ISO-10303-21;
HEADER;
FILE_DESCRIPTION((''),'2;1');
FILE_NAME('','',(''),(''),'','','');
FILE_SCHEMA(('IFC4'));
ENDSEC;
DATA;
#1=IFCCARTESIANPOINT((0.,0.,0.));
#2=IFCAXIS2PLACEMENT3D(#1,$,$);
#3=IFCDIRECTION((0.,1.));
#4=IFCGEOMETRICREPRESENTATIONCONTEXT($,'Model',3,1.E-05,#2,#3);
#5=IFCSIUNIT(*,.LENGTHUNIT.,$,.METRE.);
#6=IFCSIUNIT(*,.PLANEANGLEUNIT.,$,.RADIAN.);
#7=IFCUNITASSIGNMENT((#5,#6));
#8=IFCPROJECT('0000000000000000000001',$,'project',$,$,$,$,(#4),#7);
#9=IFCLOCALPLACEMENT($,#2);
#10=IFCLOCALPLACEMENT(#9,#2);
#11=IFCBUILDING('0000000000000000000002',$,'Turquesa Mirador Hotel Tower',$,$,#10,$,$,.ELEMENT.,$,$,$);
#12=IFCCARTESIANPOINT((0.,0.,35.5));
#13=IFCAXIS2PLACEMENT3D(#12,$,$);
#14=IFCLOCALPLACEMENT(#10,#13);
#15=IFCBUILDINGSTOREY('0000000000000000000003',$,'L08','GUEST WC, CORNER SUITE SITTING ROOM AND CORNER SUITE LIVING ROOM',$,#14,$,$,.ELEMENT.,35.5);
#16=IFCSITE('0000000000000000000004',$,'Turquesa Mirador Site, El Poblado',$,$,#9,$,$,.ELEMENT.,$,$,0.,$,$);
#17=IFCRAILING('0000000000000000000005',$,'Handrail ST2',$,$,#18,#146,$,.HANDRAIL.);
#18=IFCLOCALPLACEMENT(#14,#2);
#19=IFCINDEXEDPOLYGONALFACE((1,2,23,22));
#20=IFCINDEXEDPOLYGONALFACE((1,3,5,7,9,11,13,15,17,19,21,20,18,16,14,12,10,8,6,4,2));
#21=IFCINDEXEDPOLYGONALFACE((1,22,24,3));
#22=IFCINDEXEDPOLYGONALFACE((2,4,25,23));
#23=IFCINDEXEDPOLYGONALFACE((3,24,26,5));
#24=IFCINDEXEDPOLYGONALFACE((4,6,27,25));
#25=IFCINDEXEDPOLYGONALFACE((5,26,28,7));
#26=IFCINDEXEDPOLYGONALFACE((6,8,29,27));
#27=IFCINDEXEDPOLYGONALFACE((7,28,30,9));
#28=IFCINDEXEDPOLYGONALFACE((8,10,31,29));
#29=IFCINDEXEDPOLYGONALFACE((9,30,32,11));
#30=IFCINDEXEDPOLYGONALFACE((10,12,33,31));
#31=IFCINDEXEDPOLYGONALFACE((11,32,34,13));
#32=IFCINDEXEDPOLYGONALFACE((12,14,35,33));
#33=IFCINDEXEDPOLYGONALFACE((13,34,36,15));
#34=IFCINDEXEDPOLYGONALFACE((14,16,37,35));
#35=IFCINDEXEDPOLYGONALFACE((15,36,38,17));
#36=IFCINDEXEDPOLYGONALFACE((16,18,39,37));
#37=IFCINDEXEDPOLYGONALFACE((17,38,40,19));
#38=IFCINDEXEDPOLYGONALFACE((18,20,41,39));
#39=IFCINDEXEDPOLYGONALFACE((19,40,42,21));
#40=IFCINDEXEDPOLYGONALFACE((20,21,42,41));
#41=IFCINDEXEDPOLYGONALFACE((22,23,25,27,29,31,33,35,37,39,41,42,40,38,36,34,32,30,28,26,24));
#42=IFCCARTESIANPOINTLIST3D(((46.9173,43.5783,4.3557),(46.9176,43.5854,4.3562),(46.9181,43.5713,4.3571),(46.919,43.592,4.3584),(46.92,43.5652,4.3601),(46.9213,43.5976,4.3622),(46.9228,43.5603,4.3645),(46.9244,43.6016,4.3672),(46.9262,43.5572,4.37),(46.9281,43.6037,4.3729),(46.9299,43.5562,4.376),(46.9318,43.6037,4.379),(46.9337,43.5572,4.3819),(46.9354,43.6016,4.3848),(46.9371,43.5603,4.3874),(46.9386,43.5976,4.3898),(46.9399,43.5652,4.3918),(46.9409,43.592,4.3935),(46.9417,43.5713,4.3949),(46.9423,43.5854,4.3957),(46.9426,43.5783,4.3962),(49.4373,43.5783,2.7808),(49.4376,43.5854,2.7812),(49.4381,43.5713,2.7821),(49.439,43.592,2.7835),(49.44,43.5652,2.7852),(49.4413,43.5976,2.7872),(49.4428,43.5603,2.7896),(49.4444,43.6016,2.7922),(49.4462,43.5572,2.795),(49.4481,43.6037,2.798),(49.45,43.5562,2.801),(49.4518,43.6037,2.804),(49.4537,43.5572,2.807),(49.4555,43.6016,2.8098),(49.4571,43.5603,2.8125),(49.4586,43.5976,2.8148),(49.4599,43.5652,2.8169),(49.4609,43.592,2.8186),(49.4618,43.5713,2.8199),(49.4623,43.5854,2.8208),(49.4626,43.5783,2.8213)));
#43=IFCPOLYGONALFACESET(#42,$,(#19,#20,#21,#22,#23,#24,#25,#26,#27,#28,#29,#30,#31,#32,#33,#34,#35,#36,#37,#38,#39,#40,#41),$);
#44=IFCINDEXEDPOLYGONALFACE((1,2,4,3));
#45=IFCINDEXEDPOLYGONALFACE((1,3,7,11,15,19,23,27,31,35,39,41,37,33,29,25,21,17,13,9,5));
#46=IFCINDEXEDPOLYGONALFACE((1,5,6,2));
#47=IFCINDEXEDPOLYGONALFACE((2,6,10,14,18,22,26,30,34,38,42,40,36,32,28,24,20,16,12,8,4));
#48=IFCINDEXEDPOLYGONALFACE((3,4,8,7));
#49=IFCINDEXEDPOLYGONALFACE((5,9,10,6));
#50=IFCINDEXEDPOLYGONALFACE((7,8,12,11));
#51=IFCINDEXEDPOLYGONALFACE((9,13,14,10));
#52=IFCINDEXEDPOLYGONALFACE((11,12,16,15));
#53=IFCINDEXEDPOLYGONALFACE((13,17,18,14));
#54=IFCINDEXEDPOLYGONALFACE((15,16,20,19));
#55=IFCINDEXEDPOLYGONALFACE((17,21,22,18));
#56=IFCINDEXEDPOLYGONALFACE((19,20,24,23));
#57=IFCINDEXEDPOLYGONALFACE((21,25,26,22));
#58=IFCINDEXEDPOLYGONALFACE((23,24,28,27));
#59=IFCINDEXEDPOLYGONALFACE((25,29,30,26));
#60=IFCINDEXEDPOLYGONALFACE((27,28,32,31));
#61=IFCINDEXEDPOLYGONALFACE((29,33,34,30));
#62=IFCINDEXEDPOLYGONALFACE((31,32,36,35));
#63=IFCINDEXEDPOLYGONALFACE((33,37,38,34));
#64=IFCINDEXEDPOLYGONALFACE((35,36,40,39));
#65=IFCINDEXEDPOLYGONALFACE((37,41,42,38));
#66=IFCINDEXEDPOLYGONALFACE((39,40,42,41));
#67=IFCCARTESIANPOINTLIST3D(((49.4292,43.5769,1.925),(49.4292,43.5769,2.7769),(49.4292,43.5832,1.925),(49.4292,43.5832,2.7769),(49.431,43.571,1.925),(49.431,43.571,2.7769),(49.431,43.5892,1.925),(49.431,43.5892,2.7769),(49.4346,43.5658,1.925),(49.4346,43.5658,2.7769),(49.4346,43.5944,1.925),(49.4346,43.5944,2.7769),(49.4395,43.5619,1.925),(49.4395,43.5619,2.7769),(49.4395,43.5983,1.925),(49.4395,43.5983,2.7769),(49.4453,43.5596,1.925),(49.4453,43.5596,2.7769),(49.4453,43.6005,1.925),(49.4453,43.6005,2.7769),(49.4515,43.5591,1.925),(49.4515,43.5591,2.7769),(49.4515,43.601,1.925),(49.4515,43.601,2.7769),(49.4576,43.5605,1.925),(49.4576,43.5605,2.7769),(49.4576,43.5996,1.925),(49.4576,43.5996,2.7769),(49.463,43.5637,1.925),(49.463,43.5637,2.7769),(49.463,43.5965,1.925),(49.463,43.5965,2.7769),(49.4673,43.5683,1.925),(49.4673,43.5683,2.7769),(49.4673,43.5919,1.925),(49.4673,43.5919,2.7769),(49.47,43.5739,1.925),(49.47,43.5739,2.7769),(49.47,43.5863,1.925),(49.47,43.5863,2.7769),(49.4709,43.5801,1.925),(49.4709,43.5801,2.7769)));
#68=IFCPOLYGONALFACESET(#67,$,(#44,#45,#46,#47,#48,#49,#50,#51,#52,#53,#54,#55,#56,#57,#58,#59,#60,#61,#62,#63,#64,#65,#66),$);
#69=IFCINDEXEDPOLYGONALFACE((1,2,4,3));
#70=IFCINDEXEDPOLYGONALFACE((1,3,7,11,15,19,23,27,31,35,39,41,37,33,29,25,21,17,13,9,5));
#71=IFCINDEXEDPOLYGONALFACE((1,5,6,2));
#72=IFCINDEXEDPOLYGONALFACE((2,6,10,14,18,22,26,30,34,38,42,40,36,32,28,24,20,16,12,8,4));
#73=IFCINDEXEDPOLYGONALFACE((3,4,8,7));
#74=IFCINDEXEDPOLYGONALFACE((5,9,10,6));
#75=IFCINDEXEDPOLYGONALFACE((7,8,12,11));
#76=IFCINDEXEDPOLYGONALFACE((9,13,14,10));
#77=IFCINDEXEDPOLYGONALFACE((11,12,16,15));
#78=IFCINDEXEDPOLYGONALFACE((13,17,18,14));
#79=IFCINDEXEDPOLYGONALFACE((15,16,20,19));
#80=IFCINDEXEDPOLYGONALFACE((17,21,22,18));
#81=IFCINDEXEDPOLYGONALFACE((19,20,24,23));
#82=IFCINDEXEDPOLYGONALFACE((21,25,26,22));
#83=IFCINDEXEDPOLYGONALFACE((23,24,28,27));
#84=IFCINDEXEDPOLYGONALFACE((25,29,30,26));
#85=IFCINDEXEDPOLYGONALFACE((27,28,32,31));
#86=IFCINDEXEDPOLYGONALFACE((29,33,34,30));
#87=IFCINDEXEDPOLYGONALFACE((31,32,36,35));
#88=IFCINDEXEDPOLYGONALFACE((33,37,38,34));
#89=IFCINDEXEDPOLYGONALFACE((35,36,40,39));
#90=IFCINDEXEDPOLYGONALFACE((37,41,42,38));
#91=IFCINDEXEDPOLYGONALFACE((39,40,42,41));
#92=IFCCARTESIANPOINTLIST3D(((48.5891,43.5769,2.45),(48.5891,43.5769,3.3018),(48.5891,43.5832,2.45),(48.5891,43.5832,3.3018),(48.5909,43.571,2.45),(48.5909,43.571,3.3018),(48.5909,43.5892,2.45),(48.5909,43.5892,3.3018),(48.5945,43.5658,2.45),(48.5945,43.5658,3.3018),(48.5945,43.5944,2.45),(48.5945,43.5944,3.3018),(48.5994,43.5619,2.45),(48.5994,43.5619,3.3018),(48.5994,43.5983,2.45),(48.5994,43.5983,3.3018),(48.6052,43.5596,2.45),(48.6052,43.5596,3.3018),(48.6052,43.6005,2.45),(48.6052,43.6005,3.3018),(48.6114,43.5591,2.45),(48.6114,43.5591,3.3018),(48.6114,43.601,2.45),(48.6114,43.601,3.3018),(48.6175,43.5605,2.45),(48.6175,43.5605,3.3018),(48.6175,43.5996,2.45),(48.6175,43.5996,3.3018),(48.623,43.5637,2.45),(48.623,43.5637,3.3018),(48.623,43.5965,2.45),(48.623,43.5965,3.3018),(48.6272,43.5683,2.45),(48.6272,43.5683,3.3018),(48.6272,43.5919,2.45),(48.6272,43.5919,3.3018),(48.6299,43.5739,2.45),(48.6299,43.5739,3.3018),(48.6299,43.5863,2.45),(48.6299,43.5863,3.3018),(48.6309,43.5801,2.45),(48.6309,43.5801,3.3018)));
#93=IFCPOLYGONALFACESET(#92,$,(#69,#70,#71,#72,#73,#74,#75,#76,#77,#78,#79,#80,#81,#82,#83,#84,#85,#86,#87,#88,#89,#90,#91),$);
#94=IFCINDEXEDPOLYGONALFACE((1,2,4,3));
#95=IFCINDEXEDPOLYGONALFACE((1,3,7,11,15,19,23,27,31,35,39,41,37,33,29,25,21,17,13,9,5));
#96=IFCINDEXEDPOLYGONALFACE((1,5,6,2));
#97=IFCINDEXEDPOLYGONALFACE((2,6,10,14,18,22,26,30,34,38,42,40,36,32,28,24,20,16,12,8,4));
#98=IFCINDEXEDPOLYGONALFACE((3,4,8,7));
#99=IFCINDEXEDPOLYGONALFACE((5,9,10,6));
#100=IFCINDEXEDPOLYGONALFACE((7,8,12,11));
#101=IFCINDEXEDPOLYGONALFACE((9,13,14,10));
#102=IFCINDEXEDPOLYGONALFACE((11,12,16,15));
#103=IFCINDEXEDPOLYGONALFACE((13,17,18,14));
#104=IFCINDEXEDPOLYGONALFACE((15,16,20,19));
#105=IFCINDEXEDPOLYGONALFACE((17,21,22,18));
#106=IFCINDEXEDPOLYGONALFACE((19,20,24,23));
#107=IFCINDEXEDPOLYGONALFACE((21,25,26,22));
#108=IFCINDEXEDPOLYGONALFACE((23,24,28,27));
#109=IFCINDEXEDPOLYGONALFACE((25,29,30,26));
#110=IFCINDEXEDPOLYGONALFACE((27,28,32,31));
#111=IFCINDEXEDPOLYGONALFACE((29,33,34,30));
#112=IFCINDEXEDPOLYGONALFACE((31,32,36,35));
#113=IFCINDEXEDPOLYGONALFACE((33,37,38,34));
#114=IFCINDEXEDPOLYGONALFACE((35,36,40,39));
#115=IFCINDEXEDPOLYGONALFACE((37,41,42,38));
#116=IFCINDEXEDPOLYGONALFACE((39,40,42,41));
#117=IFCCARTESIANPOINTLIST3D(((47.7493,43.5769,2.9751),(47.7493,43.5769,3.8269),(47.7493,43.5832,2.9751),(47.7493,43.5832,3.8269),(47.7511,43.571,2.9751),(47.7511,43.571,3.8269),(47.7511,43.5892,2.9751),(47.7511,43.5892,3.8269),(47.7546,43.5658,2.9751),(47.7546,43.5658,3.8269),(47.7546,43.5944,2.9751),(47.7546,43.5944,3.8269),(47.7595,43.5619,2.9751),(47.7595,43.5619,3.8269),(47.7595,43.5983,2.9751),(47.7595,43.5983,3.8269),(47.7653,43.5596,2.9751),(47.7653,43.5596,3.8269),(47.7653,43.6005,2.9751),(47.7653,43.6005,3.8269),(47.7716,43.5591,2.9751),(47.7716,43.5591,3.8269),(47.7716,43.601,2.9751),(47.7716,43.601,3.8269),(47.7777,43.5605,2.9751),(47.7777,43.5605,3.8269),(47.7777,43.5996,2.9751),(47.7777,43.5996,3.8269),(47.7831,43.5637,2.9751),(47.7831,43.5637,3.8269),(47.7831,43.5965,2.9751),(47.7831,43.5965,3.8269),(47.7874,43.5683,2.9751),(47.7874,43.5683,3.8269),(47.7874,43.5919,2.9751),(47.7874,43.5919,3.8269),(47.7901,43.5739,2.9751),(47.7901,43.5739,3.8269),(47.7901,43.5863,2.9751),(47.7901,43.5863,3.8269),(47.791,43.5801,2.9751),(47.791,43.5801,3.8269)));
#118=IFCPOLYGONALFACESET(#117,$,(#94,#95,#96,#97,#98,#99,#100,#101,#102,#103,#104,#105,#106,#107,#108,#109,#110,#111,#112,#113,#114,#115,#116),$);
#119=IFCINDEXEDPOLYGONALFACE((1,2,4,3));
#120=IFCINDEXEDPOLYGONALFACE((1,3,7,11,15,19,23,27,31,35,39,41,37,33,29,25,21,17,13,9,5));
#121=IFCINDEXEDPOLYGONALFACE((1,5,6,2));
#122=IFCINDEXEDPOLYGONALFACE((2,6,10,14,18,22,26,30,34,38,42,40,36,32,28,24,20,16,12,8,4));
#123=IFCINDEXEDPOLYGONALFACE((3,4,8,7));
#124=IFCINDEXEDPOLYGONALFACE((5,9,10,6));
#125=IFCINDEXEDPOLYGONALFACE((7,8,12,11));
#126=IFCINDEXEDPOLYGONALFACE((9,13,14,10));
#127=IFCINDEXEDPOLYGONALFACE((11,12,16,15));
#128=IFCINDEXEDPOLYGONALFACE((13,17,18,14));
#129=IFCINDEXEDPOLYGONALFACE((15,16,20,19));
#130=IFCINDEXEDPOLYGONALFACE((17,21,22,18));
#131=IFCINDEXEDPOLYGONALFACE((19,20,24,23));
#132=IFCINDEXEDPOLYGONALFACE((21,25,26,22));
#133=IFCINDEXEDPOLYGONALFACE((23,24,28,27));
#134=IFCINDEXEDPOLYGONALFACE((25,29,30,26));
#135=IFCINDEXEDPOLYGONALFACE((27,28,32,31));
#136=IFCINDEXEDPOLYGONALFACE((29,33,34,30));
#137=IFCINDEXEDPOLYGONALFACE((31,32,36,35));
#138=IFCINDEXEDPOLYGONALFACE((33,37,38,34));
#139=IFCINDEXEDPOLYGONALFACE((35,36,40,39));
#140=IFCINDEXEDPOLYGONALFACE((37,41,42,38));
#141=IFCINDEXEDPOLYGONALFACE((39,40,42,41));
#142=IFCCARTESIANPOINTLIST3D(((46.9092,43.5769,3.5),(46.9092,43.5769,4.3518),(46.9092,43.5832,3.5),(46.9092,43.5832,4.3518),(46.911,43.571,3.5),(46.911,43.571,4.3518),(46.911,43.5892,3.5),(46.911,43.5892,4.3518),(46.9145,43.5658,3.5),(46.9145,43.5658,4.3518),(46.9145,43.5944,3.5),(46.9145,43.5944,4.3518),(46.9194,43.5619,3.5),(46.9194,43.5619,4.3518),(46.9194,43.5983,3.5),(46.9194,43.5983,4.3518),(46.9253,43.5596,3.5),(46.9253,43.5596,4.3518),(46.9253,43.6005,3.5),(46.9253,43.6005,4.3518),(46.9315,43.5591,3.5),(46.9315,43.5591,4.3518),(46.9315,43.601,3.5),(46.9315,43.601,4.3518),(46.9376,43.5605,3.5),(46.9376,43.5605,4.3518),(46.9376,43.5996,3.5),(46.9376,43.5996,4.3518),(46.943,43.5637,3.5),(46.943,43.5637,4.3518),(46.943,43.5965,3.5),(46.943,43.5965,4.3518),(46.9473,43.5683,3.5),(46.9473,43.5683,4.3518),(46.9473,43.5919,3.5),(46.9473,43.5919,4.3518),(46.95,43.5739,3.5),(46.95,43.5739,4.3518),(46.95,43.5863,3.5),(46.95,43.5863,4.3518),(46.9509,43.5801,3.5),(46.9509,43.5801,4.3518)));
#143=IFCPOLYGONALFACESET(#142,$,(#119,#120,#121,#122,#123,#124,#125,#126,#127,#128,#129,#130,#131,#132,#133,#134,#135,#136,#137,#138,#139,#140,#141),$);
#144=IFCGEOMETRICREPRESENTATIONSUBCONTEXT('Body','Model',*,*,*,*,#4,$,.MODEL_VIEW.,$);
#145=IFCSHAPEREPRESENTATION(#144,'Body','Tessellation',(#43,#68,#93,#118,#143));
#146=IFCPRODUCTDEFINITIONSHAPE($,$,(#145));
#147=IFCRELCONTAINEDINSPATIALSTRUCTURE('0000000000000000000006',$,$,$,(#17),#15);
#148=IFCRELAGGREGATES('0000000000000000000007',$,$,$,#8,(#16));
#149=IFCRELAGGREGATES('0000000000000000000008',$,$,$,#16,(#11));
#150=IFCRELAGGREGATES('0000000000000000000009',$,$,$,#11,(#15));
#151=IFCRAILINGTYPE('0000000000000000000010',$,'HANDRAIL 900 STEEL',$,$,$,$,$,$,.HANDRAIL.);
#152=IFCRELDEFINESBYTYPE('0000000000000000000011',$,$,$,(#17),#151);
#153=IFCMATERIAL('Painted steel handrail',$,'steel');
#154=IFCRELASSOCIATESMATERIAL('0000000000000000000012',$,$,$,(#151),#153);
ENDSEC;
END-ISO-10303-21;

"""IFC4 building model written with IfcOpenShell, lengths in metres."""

from ifc_helpers import new_model, si_unit, direction, frame, origin, origin_2d, place, context, subcontext, project, spatial, circle, extrude, material, type_object, element, save


model = new_model("IFC4")

# Units and contexts
model_context = context("Model", 3, precision=1e-05, world=origin(), true_north=direction((0.0, 1.0)))
body_context = subcontext(model_context, "Body", "Model", "MODEL_VIEW")
ifc_project = project(units=[si_unit("LENGTHUNIT", "METRE"), si_unit("PLANEANGLEUNIT", "RADIAN")], contexts=[model_context])

# Site, building, storey
site_placement = place(None, origin())
site = spatial("IfcSite", under=ifc_project, at=site_placement, Name="Turquesa Mirador Site, El Poblado", CompositionType="ELEMENT", RefElevation=0.0)
building_placement = place(site_placement, origin())
building = spatial("IfcBuilding", under=site, at=building_placement, Name="Turquesa Mirador Hotel Tower", CompositionType="ELEMENT")
storey_placement = place(building_placement, frame((0.0, 0.0, 35.5)))
storey = spatial("IfcBuildingStorey", under=building, at=storey_placement, Name="L08", Description="GUEST WC, CORNER SUITE SITTING ROOM AND CORNER SUITE LIVING ROOM", CompositionType="ELEMENT", Elevation=35.5)

# Railing
ifc_material_1 = material(Name="Painted steel handrail", Category="steel")
railing_type = type_object("IfcRailingType", Name="HANDRAIL 900 STEEL", PredefinedType="HANDRAIL", material=ifc_material_1)
railing_1_placement = place(storey_placement, frame((49.45, 43.5801, 1.925)))
element("IfcRailing", 1, at=railing_1_placement, inside=storey, type_object=railing_type, Name="Handrail ST2", PredefinedType="HANDRAIL", context=body_context, shape_type="SweptSolid", body=[
    extrude(circle(Radius=0.0239, at=origin_2d()), frame((0.0, 0.0, 0.876), z_axis=(-0.848008, 0.0, 0.529984), x_axis=(0.0, -1.0, 0.0)), (0.0, 0.0, 1.0), 2.9717),
    extrude(circle(Radius=0.021, at=origin_2d()), origin(), (0.0, 0.0, 1.0), 0.8518),
    extrude(circle(Radius=0.021, at=origin_2d()), frame((-0.8401, 0.0, 0.5249)), (0.0, 0.0, 1.0), 0.8518),
    extrude(circle(Radius=0.021, at=origin_2d()), frame((-1.6799, 0.0, 1.05)), (0.0, 0.0, 1.0), 0.8518),
    extrude(circle(Radius=0.021, at=origin_2d()), frame((-2.52, 0.0, 1.575)), (0.0, 0.0, 1.0), 0.8518),
])

save(model, "model.ifc")
